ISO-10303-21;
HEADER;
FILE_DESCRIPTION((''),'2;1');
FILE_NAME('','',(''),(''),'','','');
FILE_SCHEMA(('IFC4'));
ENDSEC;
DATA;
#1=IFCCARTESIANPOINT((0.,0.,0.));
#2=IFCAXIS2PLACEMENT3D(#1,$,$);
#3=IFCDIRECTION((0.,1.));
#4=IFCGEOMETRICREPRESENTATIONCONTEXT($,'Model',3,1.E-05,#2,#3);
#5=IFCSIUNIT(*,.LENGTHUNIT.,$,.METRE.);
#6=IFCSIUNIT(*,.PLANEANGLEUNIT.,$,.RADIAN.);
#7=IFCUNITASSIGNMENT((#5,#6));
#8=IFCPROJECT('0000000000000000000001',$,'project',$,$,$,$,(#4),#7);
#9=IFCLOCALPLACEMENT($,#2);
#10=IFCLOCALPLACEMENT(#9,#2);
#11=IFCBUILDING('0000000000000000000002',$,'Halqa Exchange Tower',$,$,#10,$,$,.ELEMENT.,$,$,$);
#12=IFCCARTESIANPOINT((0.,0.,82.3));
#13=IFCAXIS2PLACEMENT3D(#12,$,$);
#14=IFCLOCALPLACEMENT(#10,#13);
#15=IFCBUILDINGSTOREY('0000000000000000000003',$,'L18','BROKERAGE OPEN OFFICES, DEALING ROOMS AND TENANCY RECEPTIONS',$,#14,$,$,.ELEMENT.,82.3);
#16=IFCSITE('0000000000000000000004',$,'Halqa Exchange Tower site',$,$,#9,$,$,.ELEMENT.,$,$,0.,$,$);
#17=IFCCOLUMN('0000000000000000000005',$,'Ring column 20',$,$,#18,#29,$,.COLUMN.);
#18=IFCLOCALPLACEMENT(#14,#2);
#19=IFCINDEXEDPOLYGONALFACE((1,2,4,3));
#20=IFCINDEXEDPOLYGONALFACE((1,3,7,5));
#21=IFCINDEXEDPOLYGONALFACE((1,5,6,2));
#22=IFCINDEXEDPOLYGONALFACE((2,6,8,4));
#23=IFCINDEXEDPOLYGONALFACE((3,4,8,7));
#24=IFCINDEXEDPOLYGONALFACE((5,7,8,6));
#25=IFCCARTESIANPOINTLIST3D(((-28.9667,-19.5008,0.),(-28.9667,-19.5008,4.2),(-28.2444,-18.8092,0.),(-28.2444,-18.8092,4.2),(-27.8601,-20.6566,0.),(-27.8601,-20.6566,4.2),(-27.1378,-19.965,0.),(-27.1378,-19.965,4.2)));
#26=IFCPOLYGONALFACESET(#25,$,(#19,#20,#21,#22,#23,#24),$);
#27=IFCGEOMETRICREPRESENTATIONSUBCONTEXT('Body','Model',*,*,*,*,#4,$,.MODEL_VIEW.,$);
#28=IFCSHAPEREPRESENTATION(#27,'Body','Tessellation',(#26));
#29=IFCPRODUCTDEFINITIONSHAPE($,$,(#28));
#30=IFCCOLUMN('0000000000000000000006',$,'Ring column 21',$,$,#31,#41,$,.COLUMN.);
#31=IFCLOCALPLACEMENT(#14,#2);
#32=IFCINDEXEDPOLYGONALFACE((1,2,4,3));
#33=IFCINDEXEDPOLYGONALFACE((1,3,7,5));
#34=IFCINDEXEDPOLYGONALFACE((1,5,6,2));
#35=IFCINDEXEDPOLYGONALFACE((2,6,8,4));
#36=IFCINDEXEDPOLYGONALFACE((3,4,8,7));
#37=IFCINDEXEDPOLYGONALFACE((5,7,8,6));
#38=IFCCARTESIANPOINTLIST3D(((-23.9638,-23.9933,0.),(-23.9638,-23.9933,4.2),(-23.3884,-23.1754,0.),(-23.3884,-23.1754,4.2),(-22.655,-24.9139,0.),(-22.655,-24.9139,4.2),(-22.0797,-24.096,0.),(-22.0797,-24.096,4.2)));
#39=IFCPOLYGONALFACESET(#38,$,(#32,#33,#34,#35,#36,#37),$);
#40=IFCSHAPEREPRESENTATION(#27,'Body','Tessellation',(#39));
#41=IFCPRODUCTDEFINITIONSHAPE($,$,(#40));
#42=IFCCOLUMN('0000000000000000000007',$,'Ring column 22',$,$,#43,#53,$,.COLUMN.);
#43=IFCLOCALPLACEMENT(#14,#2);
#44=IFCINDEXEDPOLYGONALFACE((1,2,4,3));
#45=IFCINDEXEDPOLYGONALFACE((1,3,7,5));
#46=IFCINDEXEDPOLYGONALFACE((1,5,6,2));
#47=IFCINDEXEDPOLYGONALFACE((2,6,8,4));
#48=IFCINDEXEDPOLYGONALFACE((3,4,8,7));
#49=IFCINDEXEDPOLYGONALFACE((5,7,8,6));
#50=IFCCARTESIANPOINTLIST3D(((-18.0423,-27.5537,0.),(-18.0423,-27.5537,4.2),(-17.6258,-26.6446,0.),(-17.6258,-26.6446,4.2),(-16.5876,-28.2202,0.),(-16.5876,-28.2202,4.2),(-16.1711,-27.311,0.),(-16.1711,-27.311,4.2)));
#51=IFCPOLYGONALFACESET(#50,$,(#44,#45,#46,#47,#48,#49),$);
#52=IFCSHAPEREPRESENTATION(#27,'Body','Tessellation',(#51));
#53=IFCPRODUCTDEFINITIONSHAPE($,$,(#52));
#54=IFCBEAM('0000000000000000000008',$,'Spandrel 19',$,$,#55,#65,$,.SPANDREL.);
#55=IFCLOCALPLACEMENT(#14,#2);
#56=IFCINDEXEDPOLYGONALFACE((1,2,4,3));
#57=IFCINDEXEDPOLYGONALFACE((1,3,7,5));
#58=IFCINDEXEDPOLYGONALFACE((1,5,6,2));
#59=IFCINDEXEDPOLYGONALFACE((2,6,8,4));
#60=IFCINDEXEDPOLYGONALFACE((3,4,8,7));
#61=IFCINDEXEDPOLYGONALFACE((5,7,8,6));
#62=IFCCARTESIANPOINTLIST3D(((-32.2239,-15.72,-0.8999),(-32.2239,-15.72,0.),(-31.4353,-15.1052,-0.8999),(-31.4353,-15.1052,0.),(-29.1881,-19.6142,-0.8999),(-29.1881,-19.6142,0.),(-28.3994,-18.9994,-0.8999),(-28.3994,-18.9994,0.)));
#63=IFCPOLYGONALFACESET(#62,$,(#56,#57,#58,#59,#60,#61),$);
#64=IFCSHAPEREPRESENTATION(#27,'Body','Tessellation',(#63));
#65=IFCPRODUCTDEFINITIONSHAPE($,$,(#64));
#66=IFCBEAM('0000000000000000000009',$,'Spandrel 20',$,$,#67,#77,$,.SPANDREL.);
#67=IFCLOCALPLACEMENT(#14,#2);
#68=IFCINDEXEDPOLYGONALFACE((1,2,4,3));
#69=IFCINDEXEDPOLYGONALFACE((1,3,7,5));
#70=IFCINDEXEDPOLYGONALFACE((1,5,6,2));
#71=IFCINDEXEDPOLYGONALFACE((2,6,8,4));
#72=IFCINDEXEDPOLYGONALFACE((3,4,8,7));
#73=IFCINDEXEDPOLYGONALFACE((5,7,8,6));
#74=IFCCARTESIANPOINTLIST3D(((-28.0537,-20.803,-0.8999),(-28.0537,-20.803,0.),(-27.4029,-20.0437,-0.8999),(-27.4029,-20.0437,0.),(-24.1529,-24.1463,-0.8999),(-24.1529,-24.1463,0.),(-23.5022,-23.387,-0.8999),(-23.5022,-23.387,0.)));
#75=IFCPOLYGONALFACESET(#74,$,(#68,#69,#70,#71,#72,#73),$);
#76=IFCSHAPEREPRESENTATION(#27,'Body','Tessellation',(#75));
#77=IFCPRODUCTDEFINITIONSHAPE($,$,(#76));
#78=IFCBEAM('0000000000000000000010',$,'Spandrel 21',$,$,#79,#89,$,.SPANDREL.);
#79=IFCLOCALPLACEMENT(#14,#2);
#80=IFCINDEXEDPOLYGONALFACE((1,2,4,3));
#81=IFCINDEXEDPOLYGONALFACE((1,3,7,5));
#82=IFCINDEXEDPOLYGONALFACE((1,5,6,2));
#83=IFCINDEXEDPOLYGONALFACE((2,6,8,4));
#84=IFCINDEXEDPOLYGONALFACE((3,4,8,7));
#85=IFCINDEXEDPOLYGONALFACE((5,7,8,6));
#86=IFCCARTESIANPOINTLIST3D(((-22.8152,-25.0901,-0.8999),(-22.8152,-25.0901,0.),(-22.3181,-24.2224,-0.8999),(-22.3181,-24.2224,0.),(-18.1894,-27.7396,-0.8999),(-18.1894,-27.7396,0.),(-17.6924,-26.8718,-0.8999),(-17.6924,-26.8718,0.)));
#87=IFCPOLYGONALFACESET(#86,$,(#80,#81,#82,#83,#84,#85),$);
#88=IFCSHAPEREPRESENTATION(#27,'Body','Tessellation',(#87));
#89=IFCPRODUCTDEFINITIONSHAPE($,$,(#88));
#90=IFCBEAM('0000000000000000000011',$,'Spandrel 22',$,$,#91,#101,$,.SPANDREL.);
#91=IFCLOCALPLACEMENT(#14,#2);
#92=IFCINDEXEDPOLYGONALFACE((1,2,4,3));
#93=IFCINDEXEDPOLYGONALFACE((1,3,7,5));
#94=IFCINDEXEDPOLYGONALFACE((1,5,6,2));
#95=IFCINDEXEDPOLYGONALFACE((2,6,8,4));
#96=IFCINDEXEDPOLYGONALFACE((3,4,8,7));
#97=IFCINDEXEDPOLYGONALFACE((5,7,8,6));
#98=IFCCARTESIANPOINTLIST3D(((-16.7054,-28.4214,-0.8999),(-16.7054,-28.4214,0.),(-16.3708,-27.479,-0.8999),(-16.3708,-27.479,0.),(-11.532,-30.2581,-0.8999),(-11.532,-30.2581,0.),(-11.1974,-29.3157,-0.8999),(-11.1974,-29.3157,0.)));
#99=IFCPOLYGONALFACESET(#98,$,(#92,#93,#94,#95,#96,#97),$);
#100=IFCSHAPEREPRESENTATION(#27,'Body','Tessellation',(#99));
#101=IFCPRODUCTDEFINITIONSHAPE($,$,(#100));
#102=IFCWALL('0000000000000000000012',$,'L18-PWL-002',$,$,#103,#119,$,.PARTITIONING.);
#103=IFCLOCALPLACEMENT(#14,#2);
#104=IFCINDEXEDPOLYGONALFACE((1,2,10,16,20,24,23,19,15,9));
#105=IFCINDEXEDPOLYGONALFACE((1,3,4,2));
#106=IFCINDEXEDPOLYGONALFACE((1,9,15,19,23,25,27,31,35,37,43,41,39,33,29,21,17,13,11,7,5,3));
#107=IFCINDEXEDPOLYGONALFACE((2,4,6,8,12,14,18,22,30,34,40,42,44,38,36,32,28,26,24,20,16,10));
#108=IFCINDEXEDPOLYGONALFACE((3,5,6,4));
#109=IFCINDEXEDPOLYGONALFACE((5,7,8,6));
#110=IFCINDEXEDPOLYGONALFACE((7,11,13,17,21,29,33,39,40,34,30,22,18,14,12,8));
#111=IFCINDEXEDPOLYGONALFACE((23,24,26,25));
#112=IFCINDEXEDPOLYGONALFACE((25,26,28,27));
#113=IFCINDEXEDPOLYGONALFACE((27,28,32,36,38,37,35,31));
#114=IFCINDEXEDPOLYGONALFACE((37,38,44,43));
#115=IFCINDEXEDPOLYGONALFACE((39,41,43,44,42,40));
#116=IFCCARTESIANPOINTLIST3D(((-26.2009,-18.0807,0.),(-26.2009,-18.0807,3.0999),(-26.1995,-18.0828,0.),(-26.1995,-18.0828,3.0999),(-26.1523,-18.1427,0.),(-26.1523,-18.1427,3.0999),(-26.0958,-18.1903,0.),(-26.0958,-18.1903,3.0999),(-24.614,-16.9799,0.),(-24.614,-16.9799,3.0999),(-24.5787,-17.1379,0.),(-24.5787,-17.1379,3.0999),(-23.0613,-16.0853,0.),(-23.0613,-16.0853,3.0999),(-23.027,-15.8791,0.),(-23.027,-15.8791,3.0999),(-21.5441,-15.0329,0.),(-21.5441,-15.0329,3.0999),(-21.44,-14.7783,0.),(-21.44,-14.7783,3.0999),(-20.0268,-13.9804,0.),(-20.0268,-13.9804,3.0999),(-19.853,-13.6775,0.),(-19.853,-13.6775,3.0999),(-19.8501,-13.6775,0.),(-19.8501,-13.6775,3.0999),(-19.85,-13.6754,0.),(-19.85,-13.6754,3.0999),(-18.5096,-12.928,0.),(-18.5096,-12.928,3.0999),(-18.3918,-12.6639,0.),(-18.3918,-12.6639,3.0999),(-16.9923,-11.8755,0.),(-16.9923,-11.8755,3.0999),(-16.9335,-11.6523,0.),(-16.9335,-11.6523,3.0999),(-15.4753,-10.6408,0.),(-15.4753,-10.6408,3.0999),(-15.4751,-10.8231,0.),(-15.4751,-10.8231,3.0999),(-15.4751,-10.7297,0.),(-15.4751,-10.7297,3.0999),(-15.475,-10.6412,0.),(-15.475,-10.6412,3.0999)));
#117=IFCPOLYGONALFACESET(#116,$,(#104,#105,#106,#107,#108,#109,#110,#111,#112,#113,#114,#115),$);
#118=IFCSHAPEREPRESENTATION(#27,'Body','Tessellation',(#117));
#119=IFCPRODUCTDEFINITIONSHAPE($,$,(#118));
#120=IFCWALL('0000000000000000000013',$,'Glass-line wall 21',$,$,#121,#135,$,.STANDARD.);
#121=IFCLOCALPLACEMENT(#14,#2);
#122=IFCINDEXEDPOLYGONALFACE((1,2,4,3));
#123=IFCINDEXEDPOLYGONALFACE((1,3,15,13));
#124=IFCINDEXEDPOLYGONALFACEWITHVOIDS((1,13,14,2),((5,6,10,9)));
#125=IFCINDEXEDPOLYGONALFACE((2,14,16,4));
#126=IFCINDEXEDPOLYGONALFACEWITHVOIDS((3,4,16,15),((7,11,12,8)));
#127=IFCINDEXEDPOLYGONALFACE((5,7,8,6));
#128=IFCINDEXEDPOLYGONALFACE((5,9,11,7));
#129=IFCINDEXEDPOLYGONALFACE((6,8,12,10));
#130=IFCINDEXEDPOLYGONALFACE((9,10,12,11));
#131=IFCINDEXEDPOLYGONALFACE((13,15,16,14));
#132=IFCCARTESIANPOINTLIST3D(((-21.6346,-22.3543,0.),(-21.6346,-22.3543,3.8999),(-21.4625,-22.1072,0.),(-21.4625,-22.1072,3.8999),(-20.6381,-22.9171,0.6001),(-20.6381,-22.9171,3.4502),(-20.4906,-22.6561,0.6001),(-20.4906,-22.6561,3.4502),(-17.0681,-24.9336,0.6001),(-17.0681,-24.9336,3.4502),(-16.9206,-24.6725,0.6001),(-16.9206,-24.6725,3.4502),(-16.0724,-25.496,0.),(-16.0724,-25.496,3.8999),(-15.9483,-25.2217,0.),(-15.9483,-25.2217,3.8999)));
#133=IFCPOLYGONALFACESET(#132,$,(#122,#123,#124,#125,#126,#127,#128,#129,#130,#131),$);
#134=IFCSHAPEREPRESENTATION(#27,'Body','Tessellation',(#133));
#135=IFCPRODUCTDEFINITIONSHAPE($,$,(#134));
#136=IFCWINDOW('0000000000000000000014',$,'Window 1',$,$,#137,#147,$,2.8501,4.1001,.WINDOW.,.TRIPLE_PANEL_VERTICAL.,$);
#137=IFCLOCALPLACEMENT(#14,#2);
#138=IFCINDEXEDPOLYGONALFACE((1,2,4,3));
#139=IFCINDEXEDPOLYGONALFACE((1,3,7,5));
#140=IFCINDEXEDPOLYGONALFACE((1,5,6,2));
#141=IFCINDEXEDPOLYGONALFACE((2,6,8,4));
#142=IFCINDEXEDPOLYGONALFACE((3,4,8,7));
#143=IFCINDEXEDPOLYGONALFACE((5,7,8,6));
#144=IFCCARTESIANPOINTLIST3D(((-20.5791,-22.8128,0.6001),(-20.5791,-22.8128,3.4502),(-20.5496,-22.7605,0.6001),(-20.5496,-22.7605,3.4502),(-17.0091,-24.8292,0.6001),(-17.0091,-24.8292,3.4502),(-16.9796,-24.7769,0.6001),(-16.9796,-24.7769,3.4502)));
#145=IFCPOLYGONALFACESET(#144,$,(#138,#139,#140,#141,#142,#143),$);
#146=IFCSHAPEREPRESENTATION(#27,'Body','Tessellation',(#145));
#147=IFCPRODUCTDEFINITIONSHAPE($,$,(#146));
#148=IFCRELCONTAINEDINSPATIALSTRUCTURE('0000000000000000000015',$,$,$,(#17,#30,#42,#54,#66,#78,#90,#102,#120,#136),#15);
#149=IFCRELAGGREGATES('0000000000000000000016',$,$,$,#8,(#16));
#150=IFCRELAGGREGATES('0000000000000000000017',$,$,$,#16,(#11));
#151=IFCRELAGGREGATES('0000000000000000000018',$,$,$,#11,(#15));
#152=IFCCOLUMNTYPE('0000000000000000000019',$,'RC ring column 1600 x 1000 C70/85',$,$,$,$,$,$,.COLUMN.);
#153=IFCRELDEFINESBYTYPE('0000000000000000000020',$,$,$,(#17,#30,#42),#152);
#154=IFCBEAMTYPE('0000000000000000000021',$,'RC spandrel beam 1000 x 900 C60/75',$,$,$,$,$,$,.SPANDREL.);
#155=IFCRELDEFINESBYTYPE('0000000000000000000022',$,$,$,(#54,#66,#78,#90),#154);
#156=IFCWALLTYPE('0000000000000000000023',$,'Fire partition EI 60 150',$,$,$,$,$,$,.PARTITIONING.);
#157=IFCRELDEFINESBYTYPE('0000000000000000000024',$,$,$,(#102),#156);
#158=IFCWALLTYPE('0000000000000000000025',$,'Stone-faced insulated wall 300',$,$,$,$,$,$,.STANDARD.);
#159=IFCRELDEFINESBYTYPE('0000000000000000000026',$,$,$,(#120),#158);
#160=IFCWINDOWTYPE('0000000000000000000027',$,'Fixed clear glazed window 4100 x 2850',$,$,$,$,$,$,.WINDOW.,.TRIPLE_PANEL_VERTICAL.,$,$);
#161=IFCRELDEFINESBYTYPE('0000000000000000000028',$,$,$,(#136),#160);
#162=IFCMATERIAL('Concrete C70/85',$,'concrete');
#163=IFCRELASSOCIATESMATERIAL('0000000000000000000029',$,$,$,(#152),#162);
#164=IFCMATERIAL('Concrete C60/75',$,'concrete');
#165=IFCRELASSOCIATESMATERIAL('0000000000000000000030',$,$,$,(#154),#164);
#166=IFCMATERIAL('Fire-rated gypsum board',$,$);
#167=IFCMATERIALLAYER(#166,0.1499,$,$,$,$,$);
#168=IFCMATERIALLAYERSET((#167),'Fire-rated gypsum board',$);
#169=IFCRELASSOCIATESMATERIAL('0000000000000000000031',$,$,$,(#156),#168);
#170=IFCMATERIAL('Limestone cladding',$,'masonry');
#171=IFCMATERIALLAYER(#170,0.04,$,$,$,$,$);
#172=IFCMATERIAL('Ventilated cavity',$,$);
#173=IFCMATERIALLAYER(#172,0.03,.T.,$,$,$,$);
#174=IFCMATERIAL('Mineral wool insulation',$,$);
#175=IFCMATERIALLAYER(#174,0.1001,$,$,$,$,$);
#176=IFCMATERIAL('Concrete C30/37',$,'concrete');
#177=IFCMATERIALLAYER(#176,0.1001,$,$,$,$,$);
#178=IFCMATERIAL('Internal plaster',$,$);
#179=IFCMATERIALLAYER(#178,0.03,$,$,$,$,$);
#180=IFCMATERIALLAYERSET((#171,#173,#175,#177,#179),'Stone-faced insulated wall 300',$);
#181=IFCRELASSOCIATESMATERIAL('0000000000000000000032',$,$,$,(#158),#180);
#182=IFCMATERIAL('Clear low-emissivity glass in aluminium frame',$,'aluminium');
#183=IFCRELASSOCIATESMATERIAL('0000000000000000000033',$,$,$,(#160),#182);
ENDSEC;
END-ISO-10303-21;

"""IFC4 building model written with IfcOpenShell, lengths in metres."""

from ifc_helpers import new_model, si_unit, direction, frame, frame_2d, origin, origin_2d, place, context, subcontext, project, spatial, polyline, rectangle, outline, extrude, material, layer, layer_set, material_profile, profile_set, type_object, element, fill, save


model = new_model("IFC4")

# Units and contexts
model_context = context("Model", 3, precision=1e-05, world=origin(), true_north=direction((0.0, 1.0)))
body_context = subcontext(model_context, "Body", "Model", "MODEL_VIEW")
ifc_project = project(units=[si_unit("LENGTHUNIT", "METRE"), si_unit("PLANEANGLEUNIT", "RADIAN")], contexts=[model_context])

# Site, building, storey
site_placement = place(None, origin())
site = spatial("IfcSite", under=ifc_project, at=site_placement, Name="Halqa Exchange Tower site", CompositionType="ELEMENT", RefElevation=0.0)
building_placement = place(site_placement, origin())
building = spatial("IfcBuilding", under=site, at=building_placement, Name="Halqa Exchange Tower", CompositionType="ELEMENT")
storey_placement = place(building_placement, frame((0.0, 0.0, 82.3)))
storey = spatial("IfcBuildingStorey", under=building, at=storey_placement, Name="L18", Description="BROKERAGE OPEN OFFICES, DEALING ROOMS AND TENANCY RECEPTIONS", CompositionType="ELEMENT", Elevation=82.3)

# Columns
ifc_material_1 = material(Name="Concrete C70/85", Category="concrete")
ifc_material_profile_1 = material_profile(ifc_material_1, rectangle(XDim=1.6001, YDim=1.0, at=origin_2d()), Name="1600 x 1000")
ifc_profile_set_1 = profile_set([ifc_material_profile_1], Name="Concrete C70/85")
column_type = type_object("IfcColumnType", Name="RC ring column 1600 x 1000 C70/85", PredefinedType="COLUMN", material=ifc_profile_set_1)
for number, where, z_axis, x_axis, name in (
    (1, (-28.0522, -19.7329, 0.0), (0.0, 0.0, 1.0), (0.691576, -0.722304, 0.0), "Ring column 20"),
    (2, (-23.0217, -24.0447, 0.0), (0.0, 0.0, 1.0), (0.817909, -0.575348, 0.0), "Ring column 21"),
    (3, (-17.1067, -27.4324, 0.0), (0.0, 0.0, 1.0), (0.909126, -0.41652, 0.0), "Ring column 22"),
):
    element("IfcColumn", number, at=place(storey_placement, frame(where, z_axis=z_axis, x_axis=x_axis)), inside=storey, type_object=column_type, Name=name, PredefinedType="COLUMN", context=body_context, shape_type="SweptSolid", body=[
        extrude(rectangle(XDim=1.6001, YDim=1.0, at=origin_2d()), origin(), (0.0, 0.0, 1.0), 4.2),
    ])

# Beams
ifc_material_2 = material(Name="Concrete C60/75", Category="concrete")
ifc_material_profile_2 = material_profile(ifc_material_2, rectangle(XDim=1.0, YDim=0.8999, at=origin_2d()), Name="1000 x 900")
ifc_profile_set_2 = profile_set([ifc_material_profile_2], Name="Concrete C60/75")
beam_type = type_object("IfcBeamType", Name="RC spandrel beam 1000 x 900 C60/75", PredefinedType="SPANDREL", material=ifc_profile_set_2)
beam_1_placement = place(storey_placement, frame((-31.8296, -15.4126, -0.45), z_axis=(0.614823, -0.788665, 0.0), x_axis=(0.788665, 0.614823, 0.0)))
element("IfcBeam", 4, at=beam_1_placement, inside=storey, type_object=beam_type, Name="Spandrel 19", PredefinedType="SPANDREL", context=body_context, shape_type="SweptSolid", body=[
    extrude(rectangle(XDim=1.0, YDim=0.8999, at=origin_2d()), origin(), (0.0, 0.0, 1.0), 4.9377),
])
beam_2_placement = place(storey_placement, frame((-27.7283, -20.4233, -0.45), z_axis=(0.75927, -0.650776, 0.0), x_axis=(0.650776, 0.75927, 0.0)))
element("IfcBeam", 5, at=beam_2_placement, inside=storey, type_object=beam_type, Name="Spandrel 20", PredefinedType="SPANDREL", context=body_context, shape_type="SweptSolid", body=[
    extrude(rectangle(XDim=1.0, YDim=0.8999, at=origin_2d()), origin(), (0.0, 0.0, 1.0), 5.1375),
])
beam_3_placement = place(storey_placement, frame((-22.5667, -24.6562, -0.45), z_axis=(0.867747, -0.497007, 0.0), x_axis=(0.497007, 0.867747, 0.0)))
element("IfcBeam", 6, at=beam_3_placement, inside=storey, type_object=beam_type, Name="Spandrel 21", PredefinedType="SPANDREL", context=body_context, shape_type="SweptSolid", body=[
    extrude(rectangle(XDim=1.0, YDim=0.8999, at=origin_2d()), origin(), (0.0, 0.0, 1.0), 5.3308),
])
beam_4_placement = place(storey_placement, frame((-16.5381, -27.9502, -0.45), z_axis=(0.942372, -0.334567, 0.0), x_axis=(0.334567, 0.942372, 0.0)))
element("IfcBeam", 7, at=beam_4_placement, inside=storey, type_object=beam_type, Name="Spandrel 22", PredefinedType="SPANDREL", context=body_context, shape_type="SweptSolid", body=[
    extrude(rectangle(XDim=1.0, YDim=0.8999, at=origin_2d()), origin(), (0.0, 0.0, 1.0), 5.4897),
])

# Wall
ifc_material_3 = material(Name="Fire-rated gypsum board")
ifc_layer_1 = layer(ifc_material_3, 0.1499)
ifc_layer_set_1 = layer_set([ifc_layer_1], Name="Fire-rated gypsum board")
wall_type_1 = type_object("IfcWallType", Name="Fire partition EI 60 150", PredefinedType="PARTITIONING", material=ifc_layer_set_1)
wall_1_placement = place(storey_placement, frame((-26.1582, -18.1423, 0.0), z_axis=(0.0, 0.0, 1.0), x_axis=(0.821671, 0.569963, 0.0)))
element("IfcWall", 8, at=wall_1_placement, inside=storey, type_object=wall_type_1, Name="L18-PWL-002", PredefinedType="PARTITIONING", context=body_context, shape_type="SweptSolid", body=[
    extrude(outline(polyline([(0.0239, -0.075), (1.8704, -0.075), (3.717, -0.075), (5.5635, -0.075), (7.4102, -0.075), (9.2566, -0.075), (11.1033, -0.075), (12.9497, -0.075), (13.0029, 0.0017), (13.0029, 0.0017), (13.0535, 0.0745), (13.0535, 0.075), (11.2788, 0.075), (9.5039, 0.075), (7.7292, 0.075), (7.728, 0.0732), (7.7256, 0.075), (5.7942, 0.075), (3.8628, 0.075), (1.9314, 0.075), (0.0, 0.075), (0.0, 0.0725), (0.0046, -0.0037), (0.0239, -0.075)])), origin(), (0.0, 0.0, 1.0), 3.0999),
])

# Shared definitions
ifc_material_4 = material(Name="Limestone cladding", Category="masonry")
ifc_layer_2 = layer(ifc_material_4, 0.04)
ifc_material_5 = material(Name="Ventilated cavity")
ifc_layer_3 = layer(ifc_material_5, 0.03, ventilated=True)
ifc_material_6 = material(Name="Mineral wool insulation")
ifc_layer_4 = layer(ifc_material_6, 0.1001)
ifc_material_7 = material(Name="Concrete C30/37", Category="concrete")
ifc_layer_5 = layer(ifc_material_7, 0.1001)
ifc_material_8 = material(Name="Internal plaster")
ifc_layer_6 = layer(ifc_material_8, 0.03)
ifc_layer_set_2 = layer_set([ifc_layer_2, ifc_layer_3, ifc_layer_4, ifc_layer_5, ifc_layer_6], Name="Stone-faced insulated wall 300")
wall_type_2 = type_object("IfcWallType", Name="Stone-faced insulated wall 300", PredefinedType="STANDARD", material=ifc_layer_set_2)
ifc_material_9 = material(Name="Clear low-emissivity glass in aluminium frame", Category="aluminium")

# Wall, opening, window
wall_2_placement = place(storey_placement, frame((-21.5486, -22.2307, 0.0), z_axis=(0.0, 0.0, 1.0), x_axis=(0.87071, -0.491797, 0.0)))
wall_2 = element("IfcWall", 9, at=wall_2_placement, inside=storey, type_object=wall_type_2, Name="Glass-line wall 21", PredefinedType="STANDARD", context=body_context, shape_type="SweptSolid", body=[
    extrude(outline(polyline([(-0.0142, -0.1499), (6.374, -0.1499), (6.3472, 0.1499), (0.0142, 0.1499), (-0.0142, -0.1499)])), origin(), (0.0, 0.0, 1.0), 3.8999),
])
opening_1_placement = place(wall_2_placement, frame((1.1304, 0.0, 0.6001)))
opening_1 = element("IfcOpeningElement", 10, at=opening_1_placement, cuts=wall_2, PredefinedType="OPENING", context=body_context, shape_type="SweptSolid", body=[
    extrude(rectangle(XDim=4.1001, YDim=2.8501, at=frame_2d((2.05, 1.425))), frame((0.0, 0.1621, 0.0), z_axis=(0.0, -1.0, 0.0), x_axis=(1.0, 0.0, 0.0)), (0.0, 0.0, 1.0), 0.324),
])
window_type = type_object("IfcWindowType", Name="Fixed clear glazed window 4100 x 2850", PartitioningType="TRIPLE_PANEL_VERTICAL", PredefinedType="WINDOW", material=ifc_material_9)
window_1_placement = place(opening_1_placement, origin())
window_1 = element("IfcWindow", 11, at=window_1_placement, inside=storey, type_object=window_type, Name="Window 1", OverallHeight=2.8501, OverallWidth=4.1001, PartitioningType="TRIPLE_PANEL_VERTICAL", PredefinedType="WINDOW", context=body_context, shape_type="SweptSolid", body=[
    extrude(rectangle(XDim=4.1001, YDim=2.8501, at=frame_2d((2.05, 1.425))), frame((0.0, 0.03, 0.0), z_axis=(0.0, -1.0, 0.0), x_axis=(1.0, 0.0, 0.0)), (0.0, 0.0, 1.0), 0.0601),
])
fill(opening_1, window_1)

save(model, "model.ifc")
